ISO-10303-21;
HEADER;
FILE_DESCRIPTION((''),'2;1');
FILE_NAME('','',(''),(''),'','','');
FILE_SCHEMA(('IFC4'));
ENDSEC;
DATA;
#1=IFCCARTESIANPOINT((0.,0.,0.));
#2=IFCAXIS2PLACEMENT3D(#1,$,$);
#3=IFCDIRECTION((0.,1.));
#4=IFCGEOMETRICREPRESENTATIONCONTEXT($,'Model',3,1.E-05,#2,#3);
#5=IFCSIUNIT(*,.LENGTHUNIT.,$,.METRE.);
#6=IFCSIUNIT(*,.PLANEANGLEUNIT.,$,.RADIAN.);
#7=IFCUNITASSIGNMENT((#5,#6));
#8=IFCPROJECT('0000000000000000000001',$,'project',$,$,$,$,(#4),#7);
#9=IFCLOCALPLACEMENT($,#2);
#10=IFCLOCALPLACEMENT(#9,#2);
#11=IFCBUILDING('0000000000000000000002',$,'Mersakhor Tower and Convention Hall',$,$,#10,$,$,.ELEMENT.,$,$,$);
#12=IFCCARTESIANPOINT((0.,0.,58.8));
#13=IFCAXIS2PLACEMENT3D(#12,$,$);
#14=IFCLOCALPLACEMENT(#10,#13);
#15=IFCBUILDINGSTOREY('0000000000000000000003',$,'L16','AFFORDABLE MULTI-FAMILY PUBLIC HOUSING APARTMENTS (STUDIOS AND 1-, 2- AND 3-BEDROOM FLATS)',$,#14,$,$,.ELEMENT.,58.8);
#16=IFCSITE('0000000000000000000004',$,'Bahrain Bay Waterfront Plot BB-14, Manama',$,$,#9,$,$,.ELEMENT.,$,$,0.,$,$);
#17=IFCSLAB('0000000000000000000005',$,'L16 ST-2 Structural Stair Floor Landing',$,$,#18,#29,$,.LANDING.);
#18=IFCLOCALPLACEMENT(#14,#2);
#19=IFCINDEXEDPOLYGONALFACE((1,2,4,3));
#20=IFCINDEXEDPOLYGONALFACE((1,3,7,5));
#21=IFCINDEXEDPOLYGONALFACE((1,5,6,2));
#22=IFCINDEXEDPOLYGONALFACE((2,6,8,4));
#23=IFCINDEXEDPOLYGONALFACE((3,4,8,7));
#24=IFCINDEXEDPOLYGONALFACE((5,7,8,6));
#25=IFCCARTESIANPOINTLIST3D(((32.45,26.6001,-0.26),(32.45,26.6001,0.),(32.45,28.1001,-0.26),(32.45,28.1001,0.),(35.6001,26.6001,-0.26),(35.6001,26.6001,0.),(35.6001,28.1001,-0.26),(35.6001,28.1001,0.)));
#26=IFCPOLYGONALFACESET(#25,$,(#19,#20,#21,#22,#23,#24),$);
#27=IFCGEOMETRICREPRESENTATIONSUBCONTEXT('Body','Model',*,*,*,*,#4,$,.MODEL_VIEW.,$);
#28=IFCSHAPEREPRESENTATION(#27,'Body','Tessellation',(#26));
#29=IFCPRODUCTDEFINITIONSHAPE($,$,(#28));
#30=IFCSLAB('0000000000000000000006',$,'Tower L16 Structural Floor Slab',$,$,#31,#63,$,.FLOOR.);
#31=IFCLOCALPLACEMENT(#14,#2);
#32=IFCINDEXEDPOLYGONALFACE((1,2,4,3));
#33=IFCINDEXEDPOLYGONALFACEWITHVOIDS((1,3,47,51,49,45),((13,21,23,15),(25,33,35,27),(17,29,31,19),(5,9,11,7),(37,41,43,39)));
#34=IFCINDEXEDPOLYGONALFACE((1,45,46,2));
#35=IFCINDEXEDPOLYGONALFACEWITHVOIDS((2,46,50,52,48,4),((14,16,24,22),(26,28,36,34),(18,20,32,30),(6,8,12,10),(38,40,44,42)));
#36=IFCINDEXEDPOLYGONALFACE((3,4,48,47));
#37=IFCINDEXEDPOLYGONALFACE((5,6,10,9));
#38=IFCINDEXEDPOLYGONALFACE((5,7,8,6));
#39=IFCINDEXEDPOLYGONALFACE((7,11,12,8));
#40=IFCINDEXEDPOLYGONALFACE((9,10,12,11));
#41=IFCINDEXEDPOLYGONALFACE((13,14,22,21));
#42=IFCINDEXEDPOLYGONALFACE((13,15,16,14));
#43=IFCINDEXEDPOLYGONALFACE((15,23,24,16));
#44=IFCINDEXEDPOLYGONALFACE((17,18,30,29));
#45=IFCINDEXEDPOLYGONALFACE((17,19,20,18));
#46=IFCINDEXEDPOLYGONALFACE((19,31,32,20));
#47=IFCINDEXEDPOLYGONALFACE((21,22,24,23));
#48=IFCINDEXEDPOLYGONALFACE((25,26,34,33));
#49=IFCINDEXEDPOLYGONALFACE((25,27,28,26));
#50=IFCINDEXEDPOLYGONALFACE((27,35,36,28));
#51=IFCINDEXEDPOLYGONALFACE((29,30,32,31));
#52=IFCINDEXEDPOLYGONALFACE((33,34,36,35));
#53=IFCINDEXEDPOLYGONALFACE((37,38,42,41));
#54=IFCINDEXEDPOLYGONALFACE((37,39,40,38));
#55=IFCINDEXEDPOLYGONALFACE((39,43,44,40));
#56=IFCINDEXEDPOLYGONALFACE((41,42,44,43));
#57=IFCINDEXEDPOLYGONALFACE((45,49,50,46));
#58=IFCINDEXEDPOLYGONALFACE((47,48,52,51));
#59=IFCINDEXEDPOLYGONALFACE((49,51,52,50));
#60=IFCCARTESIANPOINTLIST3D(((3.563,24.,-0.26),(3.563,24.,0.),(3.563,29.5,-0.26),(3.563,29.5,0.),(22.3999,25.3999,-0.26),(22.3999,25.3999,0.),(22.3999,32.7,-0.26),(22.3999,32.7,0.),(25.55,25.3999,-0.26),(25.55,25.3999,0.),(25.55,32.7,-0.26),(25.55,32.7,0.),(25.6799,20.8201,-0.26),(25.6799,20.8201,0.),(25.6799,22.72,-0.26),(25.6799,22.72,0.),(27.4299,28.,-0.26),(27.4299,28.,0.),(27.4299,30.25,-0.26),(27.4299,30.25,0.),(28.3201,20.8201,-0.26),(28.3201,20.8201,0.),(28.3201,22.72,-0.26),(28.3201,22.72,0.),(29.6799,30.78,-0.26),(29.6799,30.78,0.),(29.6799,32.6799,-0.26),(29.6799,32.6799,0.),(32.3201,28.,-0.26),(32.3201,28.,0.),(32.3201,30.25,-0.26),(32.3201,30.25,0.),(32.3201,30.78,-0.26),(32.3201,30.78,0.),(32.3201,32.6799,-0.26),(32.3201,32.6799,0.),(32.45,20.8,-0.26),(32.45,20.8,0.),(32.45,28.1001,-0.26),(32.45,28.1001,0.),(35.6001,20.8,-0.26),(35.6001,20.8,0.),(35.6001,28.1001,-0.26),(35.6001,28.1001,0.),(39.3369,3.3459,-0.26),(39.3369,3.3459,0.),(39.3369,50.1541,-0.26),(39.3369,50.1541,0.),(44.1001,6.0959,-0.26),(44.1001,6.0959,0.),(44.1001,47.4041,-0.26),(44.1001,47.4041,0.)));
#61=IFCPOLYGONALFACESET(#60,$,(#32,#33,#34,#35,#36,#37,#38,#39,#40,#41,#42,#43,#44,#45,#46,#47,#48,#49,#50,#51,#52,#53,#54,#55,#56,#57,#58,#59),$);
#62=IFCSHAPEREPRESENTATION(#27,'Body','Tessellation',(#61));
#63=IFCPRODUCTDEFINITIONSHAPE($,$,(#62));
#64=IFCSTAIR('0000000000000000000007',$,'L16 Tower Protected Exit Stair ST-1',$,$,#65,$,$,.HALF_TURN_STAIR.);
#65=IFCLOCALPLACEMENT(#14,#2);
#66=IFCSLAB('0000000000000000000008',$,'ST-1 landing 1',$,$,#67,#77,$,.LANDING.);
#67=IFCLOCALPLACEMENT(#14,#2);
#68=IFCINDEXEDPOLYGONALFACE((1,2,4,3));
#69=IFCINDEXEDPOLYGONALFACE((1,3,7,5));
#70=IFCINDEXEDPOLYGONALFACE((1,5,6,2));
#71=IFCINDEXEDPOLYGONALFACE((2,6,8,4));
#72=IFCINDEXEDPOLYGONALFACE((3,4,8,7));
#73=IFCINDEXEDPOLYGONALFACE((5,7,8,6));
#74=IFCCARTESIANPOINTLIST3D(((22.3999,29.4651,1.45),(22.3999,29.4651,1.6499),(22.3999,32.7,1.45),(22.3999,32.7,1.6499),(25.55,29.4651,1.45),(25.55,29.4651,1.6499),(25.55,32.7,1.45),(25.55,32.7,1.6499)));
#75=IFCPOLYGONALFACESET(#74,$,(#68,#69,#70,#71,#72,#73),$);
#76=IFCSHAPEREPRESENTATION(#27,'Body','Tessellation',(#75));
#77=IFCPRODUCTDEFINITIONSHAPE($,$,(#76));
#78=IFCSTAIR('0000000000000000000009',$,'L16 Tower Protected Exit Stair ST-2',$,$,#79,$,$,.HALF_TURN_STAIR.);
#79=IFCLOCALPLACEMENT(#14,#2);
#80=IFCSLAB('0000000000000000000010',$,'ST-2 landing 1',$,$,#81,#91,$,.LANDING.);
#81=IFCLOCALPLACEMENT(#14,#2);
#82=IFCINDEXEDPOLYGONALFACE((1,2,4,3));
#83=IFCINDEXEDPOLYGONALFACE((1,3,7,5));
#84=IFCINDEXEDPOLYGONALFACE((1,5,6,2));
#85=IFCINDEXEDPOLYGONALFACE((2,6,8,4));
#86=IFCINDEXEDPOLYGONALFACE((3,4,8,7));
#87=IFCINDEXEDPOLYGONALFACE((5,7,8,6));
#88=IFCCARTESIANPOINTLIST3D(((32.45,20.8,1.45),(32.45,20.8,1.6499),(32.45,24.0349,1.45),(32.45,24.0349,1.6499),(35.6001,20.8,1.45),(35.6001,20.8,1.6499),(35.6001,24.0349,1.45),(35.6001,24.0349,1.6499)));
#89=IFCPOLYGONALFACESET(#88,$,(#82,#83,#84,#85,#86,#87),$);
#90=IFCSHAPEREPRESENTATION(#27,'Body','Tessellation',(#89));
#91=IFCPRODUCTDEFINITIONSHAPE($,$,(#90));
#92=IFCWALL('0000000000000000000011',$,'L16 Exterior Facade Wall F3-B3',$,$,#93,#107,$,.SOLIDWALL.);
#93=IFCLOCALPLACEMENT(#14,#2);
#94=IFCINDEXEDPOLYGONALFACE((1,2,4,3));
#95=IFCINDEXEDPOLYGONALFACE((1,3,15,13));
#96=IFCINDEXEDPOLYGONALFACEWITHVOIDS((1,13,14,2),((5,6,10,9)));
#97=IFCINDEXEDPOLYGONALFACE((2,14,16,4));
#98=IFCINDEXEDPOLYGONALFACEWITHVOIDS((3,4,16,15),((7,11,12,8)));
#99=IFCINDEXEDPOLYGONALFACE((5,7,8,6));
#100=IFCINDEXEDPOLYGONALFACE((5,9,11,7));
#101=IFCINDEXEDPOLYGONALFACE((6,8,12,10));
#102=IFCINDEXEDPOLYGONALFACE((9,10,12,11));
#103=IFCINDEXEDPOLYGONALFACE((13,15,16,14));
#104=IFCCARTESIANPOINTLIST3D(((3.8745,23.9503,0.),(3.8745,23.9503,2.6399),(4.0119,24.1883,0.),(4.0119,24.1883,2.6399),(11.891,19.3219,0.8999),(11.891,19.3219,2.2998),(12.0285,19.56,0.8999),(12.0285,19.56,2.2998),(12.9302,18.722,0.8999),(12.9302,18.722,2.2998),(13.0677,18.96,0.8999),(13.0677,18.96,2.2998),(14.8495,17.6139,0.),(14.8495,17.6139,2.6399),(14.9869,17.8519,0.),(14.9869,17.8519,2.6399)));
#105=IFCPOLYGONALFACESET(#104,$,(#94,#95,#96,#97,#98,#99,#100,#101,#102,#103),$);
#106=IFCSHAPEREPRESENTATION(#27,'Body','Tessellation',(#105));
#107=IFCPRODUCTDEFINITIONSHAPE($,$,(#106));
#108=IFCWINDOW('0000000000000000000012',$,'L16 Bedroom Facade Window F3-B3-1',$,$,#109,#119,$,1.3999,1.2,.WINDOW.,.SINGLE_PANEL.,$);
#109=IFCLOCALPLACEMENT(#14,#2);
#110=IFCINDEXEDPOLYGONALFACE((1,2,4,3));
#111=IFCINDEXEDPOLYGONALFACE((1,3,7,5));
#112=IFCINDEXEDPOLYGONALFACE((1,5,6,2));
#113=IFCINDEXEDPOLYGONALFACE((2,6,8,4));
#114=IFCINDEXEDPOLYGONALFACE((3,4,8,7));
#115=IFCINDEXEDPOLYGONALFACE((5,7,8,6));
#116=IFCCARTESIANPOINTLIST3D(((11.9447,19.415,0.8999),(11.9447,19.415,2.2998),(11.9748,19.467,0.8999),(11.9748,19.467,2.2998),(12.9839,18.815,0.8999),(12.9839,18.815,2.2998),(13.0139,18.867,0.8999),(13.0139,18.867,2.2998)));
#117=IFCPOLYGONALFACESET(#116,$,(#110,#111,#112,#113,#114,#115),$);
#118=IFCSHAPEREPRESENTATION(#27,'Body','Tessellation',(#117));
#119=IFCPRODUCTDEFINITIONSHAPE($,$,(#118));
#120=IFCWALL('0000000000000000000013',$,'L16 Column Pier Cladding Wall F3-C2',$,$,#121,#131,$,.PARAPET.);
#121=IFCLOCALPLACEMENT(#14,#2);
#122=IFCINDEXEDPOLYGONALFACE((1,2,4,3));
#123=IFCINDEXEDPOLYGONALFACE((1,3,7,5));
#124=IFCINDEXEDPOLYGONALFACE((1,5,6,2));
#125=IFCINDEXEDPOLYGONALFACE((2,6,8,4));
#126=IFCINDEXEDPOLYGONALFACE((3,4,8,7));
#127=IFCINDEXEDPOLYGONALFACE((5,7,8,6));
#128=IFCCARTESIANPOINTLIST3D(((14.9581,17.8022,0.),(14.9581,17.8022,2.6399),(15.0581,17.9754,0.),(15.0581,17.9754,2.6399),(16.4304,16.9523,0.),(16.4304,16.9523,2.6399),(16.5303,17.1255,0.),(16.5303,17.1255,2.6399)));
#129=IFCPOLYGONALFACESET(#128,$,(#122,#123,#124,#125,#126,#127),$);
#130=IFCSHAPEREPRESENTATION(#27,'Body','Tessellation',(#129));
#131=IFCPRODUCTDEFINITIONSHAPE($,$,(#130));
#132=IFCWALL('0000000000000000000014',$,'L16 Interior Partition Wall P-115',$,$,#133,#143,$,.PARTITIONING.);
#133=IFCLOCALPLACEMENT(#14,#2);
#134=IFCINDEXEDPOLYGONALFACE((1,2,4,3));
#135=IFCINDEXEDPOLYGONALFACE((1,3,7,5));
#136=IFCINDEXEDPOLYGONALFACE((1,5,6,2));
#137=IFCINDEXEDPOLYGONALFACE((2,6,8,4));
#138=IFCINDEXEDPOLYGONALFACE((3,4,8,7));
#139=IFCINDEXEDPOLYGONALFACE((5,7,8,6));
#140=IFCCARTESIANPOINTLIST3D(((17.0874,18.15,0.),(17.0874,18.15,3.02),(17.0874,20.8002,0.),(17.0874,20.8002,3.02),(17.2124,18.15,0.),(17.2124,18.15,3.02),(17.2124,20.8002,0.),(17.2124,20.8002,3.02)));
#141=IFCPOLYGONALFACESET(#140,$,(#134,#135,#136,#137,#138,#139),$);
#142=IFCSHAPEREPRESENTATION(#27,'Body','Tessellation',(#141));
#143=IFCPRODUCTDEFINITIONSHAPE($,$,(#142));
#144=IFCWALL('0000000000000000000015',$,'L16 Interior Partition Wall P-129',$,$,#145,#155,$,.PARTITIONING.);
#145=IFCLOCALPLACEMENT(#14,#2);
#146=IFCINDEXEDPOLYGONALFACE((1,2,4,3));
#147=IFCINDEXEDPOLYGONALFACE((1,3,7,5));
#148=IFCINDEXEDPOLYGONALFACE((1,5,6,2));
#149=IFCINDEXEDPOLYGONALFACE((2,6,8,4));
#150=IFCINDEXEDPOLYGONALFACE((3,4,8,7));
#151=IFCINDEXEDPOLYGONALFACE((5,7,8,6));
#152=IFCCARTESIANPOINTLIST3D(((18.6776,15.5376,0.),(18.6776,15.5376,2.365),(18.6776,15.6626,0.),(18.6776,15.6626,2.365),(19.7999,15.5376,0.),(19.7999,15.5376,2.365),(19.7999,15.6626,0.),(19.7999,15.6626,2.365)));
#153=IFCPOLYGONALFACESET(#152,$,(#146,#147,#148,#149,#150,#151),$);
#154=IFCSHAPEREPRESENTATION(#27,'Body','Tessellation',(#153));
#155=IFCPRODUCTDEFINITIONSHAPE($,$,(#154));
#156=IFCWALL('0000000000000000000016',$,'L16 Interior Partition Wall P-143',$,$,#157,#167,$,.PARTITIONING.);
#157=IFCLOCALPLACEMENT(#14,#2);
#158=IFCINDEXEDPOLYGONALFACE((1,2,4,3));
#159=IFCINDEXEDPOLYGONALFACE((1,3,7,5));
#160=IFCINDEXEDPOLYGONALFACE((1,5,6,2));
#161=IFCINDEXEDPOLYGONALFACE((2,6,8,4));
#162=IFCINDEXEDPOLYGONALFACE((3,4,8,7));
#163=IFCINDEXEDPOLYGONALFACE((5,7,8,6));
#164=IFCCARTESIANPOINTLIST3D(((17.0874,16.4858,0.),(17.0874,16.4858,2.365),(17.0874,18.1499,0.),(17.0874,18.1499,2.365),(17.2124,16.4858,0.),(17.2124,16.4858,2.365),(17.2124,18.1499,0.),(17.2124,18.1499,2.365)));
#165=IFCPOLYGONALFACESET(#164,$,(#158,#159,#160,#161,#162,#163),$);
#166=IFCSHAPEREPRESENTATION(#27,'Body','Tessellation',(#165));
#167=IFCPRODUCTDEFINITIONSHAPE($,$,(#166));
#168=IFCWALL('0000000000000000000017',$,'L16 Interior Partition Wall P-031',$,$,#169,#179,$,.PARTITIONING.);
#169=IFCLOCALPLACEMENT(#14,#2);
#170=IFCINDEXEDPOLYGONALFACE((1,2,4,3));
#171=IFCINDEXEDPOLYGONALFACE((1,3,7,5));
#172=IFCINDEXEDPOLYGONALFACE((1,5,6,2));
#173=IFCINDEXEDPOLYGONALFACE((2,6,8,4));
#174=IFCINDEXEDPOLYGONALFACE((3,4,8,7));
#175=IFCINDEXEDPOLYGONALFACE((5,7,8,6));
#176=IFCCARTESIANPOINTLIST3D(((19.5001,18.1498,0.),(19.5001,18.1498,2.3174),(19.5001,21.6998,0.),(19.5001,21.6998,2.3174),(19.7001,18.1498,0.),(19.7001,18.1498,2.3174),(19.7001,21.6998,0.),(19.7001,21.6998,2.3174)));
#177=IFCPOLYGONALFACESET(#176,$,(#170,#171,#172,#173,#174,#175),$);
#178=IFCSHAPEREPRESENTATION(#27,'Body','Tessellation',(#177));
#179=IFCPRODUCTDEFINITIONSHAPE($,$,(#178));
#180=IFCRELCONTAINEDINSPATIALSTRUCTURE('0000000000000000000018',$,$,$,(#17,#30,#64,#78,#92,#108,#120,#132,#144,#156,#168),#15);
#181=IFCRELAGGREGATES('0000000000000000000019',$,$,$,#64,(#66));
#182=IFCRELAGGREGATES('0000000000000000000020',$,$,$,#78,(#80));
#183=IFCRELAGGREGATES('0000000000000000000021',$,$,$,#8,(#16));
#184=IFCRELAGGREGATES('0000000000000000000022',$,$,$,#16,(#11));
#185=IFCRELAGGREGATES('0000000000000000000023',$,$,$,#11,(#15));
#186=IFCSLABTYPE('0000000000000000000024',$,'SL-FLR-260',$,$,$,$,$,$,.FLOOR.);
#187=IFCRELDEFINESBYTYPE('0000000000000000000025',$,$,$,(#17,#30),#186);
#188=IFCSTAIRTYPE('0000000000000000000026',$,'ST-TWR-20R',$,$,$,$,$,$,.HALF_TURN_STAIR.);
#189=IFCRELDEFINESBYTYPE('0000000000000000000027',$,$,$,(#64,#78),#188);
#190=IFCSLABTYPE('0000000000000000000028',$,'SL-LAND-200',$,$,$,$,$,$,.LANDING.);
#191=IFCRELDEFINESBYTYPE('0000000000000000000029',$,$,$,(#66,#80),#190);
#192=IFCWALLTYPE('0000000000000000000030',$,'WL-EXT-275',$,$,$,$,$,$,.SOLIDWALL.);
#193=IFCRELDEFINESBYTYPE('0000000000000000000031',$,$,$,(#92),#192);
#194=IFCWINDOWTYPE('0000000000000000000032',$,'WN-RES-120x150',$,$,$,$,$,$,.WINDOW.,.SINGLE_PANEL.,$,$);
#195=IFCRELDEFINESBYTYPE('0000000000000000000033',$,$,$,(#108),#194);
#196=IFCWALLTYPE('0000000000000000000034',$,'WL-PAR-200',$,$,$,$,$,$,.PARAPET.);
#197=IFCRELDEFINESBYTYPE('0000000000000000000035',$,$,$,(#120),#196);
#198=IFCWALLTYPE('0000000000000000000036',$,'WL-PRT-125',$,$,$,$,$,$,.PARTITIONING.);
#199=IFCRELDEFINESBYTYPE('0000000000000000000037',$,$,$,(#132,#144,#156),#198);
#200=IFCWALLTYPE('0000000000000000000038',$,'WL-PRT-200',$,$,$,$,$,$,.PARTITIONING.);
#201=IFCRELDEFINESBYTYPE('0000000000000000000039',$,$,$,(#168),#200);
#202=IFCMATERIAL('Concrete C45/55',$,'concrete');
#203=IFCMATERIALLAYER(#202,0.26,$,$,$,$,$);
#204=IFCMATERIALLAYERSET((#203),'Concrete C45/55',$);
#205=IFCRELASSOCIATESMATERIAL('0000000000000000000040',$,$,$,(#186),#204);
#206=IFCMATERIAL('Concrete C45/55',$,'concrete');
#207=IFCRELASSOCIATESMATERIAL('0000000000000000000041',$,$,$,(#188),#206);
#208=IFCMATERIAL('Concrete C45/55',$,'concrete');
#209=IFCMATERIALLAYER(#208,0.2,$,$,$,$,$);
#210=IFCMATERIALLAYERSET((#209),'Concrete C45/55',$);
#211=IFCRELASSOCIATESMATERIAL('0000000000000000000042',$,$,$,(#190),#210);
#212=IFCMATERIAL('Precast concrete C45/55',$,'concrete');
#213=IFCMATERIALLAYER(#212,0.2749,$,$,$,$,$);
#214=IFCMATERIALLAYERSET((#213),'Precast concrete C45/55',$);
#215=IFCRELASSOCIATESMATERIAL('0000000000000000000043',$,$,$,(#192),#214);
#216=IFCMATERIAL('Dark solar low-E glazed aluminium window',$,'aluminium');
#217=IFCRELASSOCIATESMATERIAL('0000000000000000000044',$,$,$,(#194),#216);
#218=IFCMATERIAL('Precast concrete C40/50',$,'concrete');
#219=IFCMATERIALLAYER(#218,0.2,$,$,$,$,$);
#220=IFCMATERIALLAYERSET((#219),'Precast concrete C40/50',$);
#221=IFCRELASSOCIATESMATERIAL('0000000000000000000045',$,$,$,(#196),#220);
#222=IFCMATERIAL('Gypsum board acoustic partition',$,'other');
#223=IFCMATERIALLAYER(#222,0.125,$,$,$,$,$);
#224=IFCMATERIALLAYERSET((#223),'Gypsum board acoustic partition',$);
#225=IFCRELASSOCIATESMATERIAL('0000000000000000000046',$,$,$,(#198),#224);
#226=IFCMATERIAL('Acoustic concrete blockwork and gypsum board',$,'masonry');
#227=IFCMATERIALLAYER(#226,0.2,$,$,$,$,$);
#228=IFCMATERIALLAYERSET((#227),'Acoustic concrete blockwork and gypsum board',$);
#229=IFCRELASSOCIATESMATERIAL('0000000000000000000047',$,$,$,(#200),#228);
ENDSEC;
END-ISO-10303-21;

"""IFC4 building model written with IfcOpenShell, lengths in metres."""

from ifc_helpers import new_model, si_unit, direction, frame, frame_2d, origin, place, context, subcontext, project, spatial, polyline, rectangle, outline, extrude, material, layer, layer_set, type_object, element, fill, aggregate, save


model = new_model("IFC4")

# Units and contexts
model_context = context("Model", 3, precision=1e-05, world=origin(), true_north=direction((0.0, 1.0)))
body_context = subcontext(model_context, "Body", "Model", "MODEL_VIEW")
ifc_project = project(units=[si_unit("LENGTHUNIT", "METRE"), si_unit("PLANEANGLEUNIT", "RADIAN")], contexts=[model_context])

# Site, building, storey
site_placement = place(None, origin())
site = spatial("IfcSite", under=ifc_project, at=site_placement, Name="Bahrain Bay Waterfront Plot BB-14, Manama", CompositionType="ELEMENT", RefElevation=0.0)
building_placement = place(site_placement, origin())
building = spatial("IfcBuilding", under=site, at=building_placement, Name="Mersakhor Tower and Convention Hall", CompositionType="ELEMENT")
storey_placement = place(building_placement, frame((0.0, 0.0, 58.8)))
storey = spatial("IfcBuildingStorey", under=building, at=storey_placement, Name="L16", Description="AFFORDABLE MULTI-FAMILY PUBLIC HOUSING APARTMENTS (STUDIOS AND 1-, 2- AND 3-BEDROOM FLATS)", CompositionType="ELEMENT", Elevation=58.8)

# Slabs
ifc_material_1 = material(Name="Concrete C45/55", Category="concrete")
ifc_layer_1 = layer(ifc_material_1, 0.26)
ifc_layer_set_1 = layer_set([ifc_layer_1], Name="Concrete C45/55")
slab_type_1 = type_object("IfcSlabType", Name="SL-FLR-260", PredefinedType="FLOOR", material=ifc_layer_set_1)
slab_1_placement = place(storey_placement, frame((0.0, 0.0, -0.26)))
element("IfcSlab", 1, at=slab_1_placement, inside=storey, type_object=slab_type_1, Name="L16 ST-2 Structural Stair Floor Landing", PredefinedType="LANDING", context=body_context, shape_type="SweptSolid", body=[
    extrude(outline(polyline([(32.45, 28.1001), (32.45, 26.6001), (35.6001, 26.6001), (35.6001, 28.1001), (32.45, 28.1001)])), origin(), (0.0, 0.0, 1.0), 0.26),
])
slab_2_placement = place(storey_placement, frame((0.0, 0.0, -0.26)))
element("IfcSlab", 2, at=slab_2_placement, inside=storey, type_object=slab_type_1, Name="Tower L16 Structural Floor Slab", PredefinedType="FLOOR", context=body_context, shape_type="SweptSolid", body=[
    extrude(outline(polyline([(3.563, 29.5), (39.3369, 50.1541), (44.1001, 47.4041), (44.1001, 6.0959), (39.3369, 3.3459), (3.563, 24.0), (3.563, 29.5)]), holes=[polyline([(25.55, 25.3999), (25.55, 32.7), (22.3999, 32.7), (22.3999, 25.3999), (25.55, 25.3999)]), polyline([(32.45, 28.1001), (32.45, 20.8), (35.6001, 20.8), (35.6001, 28.1001), (32.45, 28.1001)]), polyline([(25.6799, 20.8201), (25.6799, 22.72), (28.3201, 22.72), (28.3201, 20.8201), (25.6799, 20.8201)]), polyline([(29.6799, 30.78), (29.6799, 32.6799), (32.3201, 32.6799), (32.3201, 30.78), (29.6799, 30.78)]), polyline([(27.4299, 28.0), (27.4299, 30.25), (32.3201, 30.25), (32.3201, 28.0), (27.4299, 28.0)])]), origin(), (0.0, 0.0, 1.0), 0.26),
])

# Stairs, slabs
ifc_material_2 = material(Name="Concrete C45/55", Category="concrete")
stair_type = type_object("IfcStairType", Name="ST-TWR-20R", PredefinedType="HALF_TURN_STAIR", material=ifc_material_2)
stair_1_placement = place(storey_placement, origin())
stair_1 = element("IfcStair", 3, at=stair_1_placement, inside=storey, type_object=stair_type, Name="L16 Tower Protected Exit Stair ST-1", PredefinedType="HALF_TURN_STAIR")
ifc_material_3 = material(Name="Concrete C45/55", Category="concrete")
ifc_layer_2 = layer(ifc_material_3, 0.2)
ifc_layer_set_2 = layer_set([ifc_layer_2], Name="Concrete C45/55")
slab_type_2 = type_object("IfcSlabType", Name="SL-LAND-200", PredefinedType="LANDING", material=ifc_layer_set_2)
slab_3_placement = place(storey_placement, frame((0.0, 0.0, 1.45)))
slab_3 = element("IfcSlab", 4, at=slab_3_placement, type_object=slab_type_2, Name="ST-1 landing 1", PredefinedType="LANDING", context=body_context, shape_type="SweptSolid", body=[
    extrude(outline(polyline([(25.55, 29.4651), (25.55, 32.7), (22.3999, 32.7), (22.3999, 29.4651), (25.55, 29.4651)])), origin(), (0.0, 0.0, 1.0), 0.2),
])
aggregate(stair_1, [slab_3])
stair_2_placement = place(storey_placement, origin())
stair_2 = element("IfcStair", 5, at=stair_2_placement, inside=storey, type_object=stair_type, Name="L16 Tower Protected Exit Stair ST-2", PredefinedType="HALF_TURN_STAIR")
slab_4_placement = place(storey_placement, frame((0.0, 0.0, 1.45)))
slab_4 = element("IfcSlab", 6, at=slab_4_placement, type_object=slab_type_2, Name="ST-2 landing 1", PredefinedType="LANDING", context=body_context, shape_type="SweptSolid", body=[
    extrude(outline(polyline([(32.45, 24.0349), (32.45, 20.8), (35.6001, 20.8), (35.6001, 24.0349), (32.45, 24.0349)])), origin(), (0.0, 0.0, 1.0), 0.2),
])
aggregate(stair_2, [slab_4])

# Wall, opening, window
ifc_material_4 = material(Name="Precast concrete C45/55", Category="concrete")
ifc_layer_3 = layer(ifc_material_4, 0.2749)
ifc_layer_set_3 = layer_set([ifc_layer_3], Name="Precast concrete C45/55")
wall_type_1 = type_object("IfcWallType", Name="WL-EXT-275", PredefinedType="SOLIDWALL", material=ifc_layer_set_3)
wall_1_placement = place(storey_placement, frame((14.9182, 17.7329, 0.0), z_axis=(0.0, 0.0, 1.0), x_axis=(-0.866027, 0.499997, 0.0)))
wall_1 = element("IfcWall", 7, at=wall_1_placement, inside=storey, type_object=wall_type_1, Name="L16 Exterior Facade Wall F3-B3", PredefinedType="SOLIDWALL", context=body_context, shape_type="SweptSolid", body=[
    extrude(rectangle(XDim=12.6729, YDim=0.2749, at=frame_2d((6.3364, 0.0))), origin(), (0.0, 0.0, 1.0), 2.6399),
])
opening_placement = place(wall_1_placement, frame((2.2161, 0.0, 0.8999)))
opening = element("IfcOpeningElement", 8, at=opening_placement, cuts=wall_1, PredefinedType="OPENING", context=body_context, shape_type="SweptSolid", body=[
    extrude(rectangle(XDim=1.2, YDim=1.3999, at=frame_2d((0.6001, 0.7))), frame((0.0, 0.1475, 0.0), z_axis=(0.0, -1.0, 0.0), x_axis=(1.0, 0.0, 0.0)), (0.0, 0.0, 1.0), 0.2949),
])
ifc_material_5 = material(Name="Dark solar low-E glazed aluminium window", Category="aluminium")
window_type = type_object("IfcWindowType", Name="WN-RES-120x150", PartitioningType="SINGLE_PANEL", PredefinedType="WINDOW", material=ifc_material_5)
window_placement = place(opening_placement, origin())
window = element("IfcWindow", 9, at=window_placement, inside=storey, type_object=window_type, Name="L16 Bedroom Facade Window F3-B3-1", OverallHeight=1.3999, OverallWidth=1.2, PartitioningType="SINGLE_PANEL", PredefinedType="WINDOW", context=body_context, shape_type="SweptSolid", body=[
    extrude(rectangle(XDim=1.2, YDim=1.3999, at=frame_2d((0.6001, 0.7))), frame((0.0, 0.03, 0.0), z_axis=(0.0, -1.0, 0.0), x_axis=(1.0, 0.0, 0.0)), (0.0, 0.0, 1.0), 0.0601),
])
fill(opening, window)

# Walls
ifc_material_6 = material(Name="Precast concrete C40/50", Category="concrete")
ifc_layer_4 = layer(ifc_material_6, 0.2)
ifc_layer_set_4 = layer_set([ifc_layer_4], Name="Precast concrete C40/50")
wall_type_2 = type_object("IfcWallType", Name="WL-PAR-200", PredefinedType="PARAPET", material=ifc_layer_set_4)
wall_2_placement = place(storey_placement, frame((16.4805, 17.0388, 0.0), z_axis=(0.0, 0.0, 1.0), x_axis=(-0.866052, 0.499955, 0.0)))
element("IfcWall", 10, at=wall_2_placement, inside=storey, type_object=wall_type_2, Name="L16 Column Pier Cladding Wall F3-C2", PredefinedType="PARAPET", context=body_context, shape_type="SweptSolid", body=[
    extrude(rectangle(XDim=1.7, YDim=0.2, at=frame_2d((0.8501, 0.0))), origin(), (0.0, 0.0, 1.0), 2.6399),
])
ifc_material_7 = material(Name="Gypsum board acoustic partition", Category="other")
ifc_layer_5 = layer(ifc_material_7, 0.125)
ifc_layer_set_5 = layer_set([ifc_layer_5], Name="Gypsum board acoustic partition")
wall_type_3 = type_object("IfcWallType", Name="WL-PRT-125", PredefinedType="PARTITIONING", material=ifc_layer_set_5)
wall_3_placement = place(storey_placement, frame((17.1499, 18.1499, 0.0), z_axis=(0.0, 0.0, 1.0), x_axis=(0.0, 1.0, 0.0)))
element("IfcWall", 11, at=wall_3_placement, inside=storey, type_object=wall_type_3, Name="L16 Interior Partition Wall P-115", PredefinedType="PARTITIONING", context=body_context, shape_type="SweptSolid", body=[
    extrude(rectangle(XDim=2.6501, YDim=0.125, at=frame_2d((1.3252, 0.0))), origin(), (0.0, 0.0, 1.0), 3.02),
])
wall_4_placement = place(storey_placement, frame((18.6777, 15.6001, 0.0), z_axis=(0.0, 0.0, 1.0), x_axis=(1.0, 0.0, 0.0)))
element("IfcWall", 12, at=wall_4_placement, inside=storey, type_object=wall_type_3, Name="L16 Interior Partition Wall P-129", PredefinedType="PARTITIONING", context=body_context, shape_type="SweptSolid", body=[
    extrude(rectangle(XDim=1.1223, YDim=0.125, at=frame_2d((0.561, 0.0))), origin(), (0.0, 0.0, 1.0), 2.365),
])
wall_5_placement = place(storey_placement, frame((17.1499, 18.1499, 0.0), z_axis=(0.0, 0.0, 1.0), x_axis=(0.0, -1.0, 0.0)))
element("IfcWall", 13, at=wall_5_placement, inside=storey, type_object=wall_type_3, Name="L16 Interior Partition Wall P-143", PredefinedType="PARTITIONING", context=body_context, shape_type="SweptSolid", body=[
    extrude(rectangle(XDim=1.6641, YDim=0.125, at=frame_2d((0.832, 0.0))), origin(), (0.0, 0.0, 1.0), 2.365),
])
ifc_material_8 = material(Name="Acoustic concrete blockwork and gypsum board", Category="masonry")
ifc_layer_6 = layer(ifc_material_8, 0.2)
ifc_layer_set_6 = layer_set([ifc_layer_6], Name="Acoustic concrete blockwork and gypsum board")
wall_type_4 = type_object("IfcWallType", Name="WL-PRT-200", PredefinedType="PARTITIONING", material=ifc_layer_set_6)
wall_6_placement = place(storey_placement, frame((19.6001, 18.1499, 0.0), z_axis=(0.0, 0.0, 1.0), x_axis=(0.0, 1.0, 0.0)))
element("IfcWall", 14, at=wall_6_placement, inside=storey, type_object=wall_type_4, Name="L16 Interior Partition Wall P-031", PredefinedType="PARTITIONING", context=body_context, shape_type="SweptSolid", body=[
    extrude(rectangle(XDim=3.55, YDim=0.2, at=frame_2d((1.7749, 0.0))), origin(), (0.0, 0.0, 1.0), 2.3174),
])

save(model, "model.ifc")
